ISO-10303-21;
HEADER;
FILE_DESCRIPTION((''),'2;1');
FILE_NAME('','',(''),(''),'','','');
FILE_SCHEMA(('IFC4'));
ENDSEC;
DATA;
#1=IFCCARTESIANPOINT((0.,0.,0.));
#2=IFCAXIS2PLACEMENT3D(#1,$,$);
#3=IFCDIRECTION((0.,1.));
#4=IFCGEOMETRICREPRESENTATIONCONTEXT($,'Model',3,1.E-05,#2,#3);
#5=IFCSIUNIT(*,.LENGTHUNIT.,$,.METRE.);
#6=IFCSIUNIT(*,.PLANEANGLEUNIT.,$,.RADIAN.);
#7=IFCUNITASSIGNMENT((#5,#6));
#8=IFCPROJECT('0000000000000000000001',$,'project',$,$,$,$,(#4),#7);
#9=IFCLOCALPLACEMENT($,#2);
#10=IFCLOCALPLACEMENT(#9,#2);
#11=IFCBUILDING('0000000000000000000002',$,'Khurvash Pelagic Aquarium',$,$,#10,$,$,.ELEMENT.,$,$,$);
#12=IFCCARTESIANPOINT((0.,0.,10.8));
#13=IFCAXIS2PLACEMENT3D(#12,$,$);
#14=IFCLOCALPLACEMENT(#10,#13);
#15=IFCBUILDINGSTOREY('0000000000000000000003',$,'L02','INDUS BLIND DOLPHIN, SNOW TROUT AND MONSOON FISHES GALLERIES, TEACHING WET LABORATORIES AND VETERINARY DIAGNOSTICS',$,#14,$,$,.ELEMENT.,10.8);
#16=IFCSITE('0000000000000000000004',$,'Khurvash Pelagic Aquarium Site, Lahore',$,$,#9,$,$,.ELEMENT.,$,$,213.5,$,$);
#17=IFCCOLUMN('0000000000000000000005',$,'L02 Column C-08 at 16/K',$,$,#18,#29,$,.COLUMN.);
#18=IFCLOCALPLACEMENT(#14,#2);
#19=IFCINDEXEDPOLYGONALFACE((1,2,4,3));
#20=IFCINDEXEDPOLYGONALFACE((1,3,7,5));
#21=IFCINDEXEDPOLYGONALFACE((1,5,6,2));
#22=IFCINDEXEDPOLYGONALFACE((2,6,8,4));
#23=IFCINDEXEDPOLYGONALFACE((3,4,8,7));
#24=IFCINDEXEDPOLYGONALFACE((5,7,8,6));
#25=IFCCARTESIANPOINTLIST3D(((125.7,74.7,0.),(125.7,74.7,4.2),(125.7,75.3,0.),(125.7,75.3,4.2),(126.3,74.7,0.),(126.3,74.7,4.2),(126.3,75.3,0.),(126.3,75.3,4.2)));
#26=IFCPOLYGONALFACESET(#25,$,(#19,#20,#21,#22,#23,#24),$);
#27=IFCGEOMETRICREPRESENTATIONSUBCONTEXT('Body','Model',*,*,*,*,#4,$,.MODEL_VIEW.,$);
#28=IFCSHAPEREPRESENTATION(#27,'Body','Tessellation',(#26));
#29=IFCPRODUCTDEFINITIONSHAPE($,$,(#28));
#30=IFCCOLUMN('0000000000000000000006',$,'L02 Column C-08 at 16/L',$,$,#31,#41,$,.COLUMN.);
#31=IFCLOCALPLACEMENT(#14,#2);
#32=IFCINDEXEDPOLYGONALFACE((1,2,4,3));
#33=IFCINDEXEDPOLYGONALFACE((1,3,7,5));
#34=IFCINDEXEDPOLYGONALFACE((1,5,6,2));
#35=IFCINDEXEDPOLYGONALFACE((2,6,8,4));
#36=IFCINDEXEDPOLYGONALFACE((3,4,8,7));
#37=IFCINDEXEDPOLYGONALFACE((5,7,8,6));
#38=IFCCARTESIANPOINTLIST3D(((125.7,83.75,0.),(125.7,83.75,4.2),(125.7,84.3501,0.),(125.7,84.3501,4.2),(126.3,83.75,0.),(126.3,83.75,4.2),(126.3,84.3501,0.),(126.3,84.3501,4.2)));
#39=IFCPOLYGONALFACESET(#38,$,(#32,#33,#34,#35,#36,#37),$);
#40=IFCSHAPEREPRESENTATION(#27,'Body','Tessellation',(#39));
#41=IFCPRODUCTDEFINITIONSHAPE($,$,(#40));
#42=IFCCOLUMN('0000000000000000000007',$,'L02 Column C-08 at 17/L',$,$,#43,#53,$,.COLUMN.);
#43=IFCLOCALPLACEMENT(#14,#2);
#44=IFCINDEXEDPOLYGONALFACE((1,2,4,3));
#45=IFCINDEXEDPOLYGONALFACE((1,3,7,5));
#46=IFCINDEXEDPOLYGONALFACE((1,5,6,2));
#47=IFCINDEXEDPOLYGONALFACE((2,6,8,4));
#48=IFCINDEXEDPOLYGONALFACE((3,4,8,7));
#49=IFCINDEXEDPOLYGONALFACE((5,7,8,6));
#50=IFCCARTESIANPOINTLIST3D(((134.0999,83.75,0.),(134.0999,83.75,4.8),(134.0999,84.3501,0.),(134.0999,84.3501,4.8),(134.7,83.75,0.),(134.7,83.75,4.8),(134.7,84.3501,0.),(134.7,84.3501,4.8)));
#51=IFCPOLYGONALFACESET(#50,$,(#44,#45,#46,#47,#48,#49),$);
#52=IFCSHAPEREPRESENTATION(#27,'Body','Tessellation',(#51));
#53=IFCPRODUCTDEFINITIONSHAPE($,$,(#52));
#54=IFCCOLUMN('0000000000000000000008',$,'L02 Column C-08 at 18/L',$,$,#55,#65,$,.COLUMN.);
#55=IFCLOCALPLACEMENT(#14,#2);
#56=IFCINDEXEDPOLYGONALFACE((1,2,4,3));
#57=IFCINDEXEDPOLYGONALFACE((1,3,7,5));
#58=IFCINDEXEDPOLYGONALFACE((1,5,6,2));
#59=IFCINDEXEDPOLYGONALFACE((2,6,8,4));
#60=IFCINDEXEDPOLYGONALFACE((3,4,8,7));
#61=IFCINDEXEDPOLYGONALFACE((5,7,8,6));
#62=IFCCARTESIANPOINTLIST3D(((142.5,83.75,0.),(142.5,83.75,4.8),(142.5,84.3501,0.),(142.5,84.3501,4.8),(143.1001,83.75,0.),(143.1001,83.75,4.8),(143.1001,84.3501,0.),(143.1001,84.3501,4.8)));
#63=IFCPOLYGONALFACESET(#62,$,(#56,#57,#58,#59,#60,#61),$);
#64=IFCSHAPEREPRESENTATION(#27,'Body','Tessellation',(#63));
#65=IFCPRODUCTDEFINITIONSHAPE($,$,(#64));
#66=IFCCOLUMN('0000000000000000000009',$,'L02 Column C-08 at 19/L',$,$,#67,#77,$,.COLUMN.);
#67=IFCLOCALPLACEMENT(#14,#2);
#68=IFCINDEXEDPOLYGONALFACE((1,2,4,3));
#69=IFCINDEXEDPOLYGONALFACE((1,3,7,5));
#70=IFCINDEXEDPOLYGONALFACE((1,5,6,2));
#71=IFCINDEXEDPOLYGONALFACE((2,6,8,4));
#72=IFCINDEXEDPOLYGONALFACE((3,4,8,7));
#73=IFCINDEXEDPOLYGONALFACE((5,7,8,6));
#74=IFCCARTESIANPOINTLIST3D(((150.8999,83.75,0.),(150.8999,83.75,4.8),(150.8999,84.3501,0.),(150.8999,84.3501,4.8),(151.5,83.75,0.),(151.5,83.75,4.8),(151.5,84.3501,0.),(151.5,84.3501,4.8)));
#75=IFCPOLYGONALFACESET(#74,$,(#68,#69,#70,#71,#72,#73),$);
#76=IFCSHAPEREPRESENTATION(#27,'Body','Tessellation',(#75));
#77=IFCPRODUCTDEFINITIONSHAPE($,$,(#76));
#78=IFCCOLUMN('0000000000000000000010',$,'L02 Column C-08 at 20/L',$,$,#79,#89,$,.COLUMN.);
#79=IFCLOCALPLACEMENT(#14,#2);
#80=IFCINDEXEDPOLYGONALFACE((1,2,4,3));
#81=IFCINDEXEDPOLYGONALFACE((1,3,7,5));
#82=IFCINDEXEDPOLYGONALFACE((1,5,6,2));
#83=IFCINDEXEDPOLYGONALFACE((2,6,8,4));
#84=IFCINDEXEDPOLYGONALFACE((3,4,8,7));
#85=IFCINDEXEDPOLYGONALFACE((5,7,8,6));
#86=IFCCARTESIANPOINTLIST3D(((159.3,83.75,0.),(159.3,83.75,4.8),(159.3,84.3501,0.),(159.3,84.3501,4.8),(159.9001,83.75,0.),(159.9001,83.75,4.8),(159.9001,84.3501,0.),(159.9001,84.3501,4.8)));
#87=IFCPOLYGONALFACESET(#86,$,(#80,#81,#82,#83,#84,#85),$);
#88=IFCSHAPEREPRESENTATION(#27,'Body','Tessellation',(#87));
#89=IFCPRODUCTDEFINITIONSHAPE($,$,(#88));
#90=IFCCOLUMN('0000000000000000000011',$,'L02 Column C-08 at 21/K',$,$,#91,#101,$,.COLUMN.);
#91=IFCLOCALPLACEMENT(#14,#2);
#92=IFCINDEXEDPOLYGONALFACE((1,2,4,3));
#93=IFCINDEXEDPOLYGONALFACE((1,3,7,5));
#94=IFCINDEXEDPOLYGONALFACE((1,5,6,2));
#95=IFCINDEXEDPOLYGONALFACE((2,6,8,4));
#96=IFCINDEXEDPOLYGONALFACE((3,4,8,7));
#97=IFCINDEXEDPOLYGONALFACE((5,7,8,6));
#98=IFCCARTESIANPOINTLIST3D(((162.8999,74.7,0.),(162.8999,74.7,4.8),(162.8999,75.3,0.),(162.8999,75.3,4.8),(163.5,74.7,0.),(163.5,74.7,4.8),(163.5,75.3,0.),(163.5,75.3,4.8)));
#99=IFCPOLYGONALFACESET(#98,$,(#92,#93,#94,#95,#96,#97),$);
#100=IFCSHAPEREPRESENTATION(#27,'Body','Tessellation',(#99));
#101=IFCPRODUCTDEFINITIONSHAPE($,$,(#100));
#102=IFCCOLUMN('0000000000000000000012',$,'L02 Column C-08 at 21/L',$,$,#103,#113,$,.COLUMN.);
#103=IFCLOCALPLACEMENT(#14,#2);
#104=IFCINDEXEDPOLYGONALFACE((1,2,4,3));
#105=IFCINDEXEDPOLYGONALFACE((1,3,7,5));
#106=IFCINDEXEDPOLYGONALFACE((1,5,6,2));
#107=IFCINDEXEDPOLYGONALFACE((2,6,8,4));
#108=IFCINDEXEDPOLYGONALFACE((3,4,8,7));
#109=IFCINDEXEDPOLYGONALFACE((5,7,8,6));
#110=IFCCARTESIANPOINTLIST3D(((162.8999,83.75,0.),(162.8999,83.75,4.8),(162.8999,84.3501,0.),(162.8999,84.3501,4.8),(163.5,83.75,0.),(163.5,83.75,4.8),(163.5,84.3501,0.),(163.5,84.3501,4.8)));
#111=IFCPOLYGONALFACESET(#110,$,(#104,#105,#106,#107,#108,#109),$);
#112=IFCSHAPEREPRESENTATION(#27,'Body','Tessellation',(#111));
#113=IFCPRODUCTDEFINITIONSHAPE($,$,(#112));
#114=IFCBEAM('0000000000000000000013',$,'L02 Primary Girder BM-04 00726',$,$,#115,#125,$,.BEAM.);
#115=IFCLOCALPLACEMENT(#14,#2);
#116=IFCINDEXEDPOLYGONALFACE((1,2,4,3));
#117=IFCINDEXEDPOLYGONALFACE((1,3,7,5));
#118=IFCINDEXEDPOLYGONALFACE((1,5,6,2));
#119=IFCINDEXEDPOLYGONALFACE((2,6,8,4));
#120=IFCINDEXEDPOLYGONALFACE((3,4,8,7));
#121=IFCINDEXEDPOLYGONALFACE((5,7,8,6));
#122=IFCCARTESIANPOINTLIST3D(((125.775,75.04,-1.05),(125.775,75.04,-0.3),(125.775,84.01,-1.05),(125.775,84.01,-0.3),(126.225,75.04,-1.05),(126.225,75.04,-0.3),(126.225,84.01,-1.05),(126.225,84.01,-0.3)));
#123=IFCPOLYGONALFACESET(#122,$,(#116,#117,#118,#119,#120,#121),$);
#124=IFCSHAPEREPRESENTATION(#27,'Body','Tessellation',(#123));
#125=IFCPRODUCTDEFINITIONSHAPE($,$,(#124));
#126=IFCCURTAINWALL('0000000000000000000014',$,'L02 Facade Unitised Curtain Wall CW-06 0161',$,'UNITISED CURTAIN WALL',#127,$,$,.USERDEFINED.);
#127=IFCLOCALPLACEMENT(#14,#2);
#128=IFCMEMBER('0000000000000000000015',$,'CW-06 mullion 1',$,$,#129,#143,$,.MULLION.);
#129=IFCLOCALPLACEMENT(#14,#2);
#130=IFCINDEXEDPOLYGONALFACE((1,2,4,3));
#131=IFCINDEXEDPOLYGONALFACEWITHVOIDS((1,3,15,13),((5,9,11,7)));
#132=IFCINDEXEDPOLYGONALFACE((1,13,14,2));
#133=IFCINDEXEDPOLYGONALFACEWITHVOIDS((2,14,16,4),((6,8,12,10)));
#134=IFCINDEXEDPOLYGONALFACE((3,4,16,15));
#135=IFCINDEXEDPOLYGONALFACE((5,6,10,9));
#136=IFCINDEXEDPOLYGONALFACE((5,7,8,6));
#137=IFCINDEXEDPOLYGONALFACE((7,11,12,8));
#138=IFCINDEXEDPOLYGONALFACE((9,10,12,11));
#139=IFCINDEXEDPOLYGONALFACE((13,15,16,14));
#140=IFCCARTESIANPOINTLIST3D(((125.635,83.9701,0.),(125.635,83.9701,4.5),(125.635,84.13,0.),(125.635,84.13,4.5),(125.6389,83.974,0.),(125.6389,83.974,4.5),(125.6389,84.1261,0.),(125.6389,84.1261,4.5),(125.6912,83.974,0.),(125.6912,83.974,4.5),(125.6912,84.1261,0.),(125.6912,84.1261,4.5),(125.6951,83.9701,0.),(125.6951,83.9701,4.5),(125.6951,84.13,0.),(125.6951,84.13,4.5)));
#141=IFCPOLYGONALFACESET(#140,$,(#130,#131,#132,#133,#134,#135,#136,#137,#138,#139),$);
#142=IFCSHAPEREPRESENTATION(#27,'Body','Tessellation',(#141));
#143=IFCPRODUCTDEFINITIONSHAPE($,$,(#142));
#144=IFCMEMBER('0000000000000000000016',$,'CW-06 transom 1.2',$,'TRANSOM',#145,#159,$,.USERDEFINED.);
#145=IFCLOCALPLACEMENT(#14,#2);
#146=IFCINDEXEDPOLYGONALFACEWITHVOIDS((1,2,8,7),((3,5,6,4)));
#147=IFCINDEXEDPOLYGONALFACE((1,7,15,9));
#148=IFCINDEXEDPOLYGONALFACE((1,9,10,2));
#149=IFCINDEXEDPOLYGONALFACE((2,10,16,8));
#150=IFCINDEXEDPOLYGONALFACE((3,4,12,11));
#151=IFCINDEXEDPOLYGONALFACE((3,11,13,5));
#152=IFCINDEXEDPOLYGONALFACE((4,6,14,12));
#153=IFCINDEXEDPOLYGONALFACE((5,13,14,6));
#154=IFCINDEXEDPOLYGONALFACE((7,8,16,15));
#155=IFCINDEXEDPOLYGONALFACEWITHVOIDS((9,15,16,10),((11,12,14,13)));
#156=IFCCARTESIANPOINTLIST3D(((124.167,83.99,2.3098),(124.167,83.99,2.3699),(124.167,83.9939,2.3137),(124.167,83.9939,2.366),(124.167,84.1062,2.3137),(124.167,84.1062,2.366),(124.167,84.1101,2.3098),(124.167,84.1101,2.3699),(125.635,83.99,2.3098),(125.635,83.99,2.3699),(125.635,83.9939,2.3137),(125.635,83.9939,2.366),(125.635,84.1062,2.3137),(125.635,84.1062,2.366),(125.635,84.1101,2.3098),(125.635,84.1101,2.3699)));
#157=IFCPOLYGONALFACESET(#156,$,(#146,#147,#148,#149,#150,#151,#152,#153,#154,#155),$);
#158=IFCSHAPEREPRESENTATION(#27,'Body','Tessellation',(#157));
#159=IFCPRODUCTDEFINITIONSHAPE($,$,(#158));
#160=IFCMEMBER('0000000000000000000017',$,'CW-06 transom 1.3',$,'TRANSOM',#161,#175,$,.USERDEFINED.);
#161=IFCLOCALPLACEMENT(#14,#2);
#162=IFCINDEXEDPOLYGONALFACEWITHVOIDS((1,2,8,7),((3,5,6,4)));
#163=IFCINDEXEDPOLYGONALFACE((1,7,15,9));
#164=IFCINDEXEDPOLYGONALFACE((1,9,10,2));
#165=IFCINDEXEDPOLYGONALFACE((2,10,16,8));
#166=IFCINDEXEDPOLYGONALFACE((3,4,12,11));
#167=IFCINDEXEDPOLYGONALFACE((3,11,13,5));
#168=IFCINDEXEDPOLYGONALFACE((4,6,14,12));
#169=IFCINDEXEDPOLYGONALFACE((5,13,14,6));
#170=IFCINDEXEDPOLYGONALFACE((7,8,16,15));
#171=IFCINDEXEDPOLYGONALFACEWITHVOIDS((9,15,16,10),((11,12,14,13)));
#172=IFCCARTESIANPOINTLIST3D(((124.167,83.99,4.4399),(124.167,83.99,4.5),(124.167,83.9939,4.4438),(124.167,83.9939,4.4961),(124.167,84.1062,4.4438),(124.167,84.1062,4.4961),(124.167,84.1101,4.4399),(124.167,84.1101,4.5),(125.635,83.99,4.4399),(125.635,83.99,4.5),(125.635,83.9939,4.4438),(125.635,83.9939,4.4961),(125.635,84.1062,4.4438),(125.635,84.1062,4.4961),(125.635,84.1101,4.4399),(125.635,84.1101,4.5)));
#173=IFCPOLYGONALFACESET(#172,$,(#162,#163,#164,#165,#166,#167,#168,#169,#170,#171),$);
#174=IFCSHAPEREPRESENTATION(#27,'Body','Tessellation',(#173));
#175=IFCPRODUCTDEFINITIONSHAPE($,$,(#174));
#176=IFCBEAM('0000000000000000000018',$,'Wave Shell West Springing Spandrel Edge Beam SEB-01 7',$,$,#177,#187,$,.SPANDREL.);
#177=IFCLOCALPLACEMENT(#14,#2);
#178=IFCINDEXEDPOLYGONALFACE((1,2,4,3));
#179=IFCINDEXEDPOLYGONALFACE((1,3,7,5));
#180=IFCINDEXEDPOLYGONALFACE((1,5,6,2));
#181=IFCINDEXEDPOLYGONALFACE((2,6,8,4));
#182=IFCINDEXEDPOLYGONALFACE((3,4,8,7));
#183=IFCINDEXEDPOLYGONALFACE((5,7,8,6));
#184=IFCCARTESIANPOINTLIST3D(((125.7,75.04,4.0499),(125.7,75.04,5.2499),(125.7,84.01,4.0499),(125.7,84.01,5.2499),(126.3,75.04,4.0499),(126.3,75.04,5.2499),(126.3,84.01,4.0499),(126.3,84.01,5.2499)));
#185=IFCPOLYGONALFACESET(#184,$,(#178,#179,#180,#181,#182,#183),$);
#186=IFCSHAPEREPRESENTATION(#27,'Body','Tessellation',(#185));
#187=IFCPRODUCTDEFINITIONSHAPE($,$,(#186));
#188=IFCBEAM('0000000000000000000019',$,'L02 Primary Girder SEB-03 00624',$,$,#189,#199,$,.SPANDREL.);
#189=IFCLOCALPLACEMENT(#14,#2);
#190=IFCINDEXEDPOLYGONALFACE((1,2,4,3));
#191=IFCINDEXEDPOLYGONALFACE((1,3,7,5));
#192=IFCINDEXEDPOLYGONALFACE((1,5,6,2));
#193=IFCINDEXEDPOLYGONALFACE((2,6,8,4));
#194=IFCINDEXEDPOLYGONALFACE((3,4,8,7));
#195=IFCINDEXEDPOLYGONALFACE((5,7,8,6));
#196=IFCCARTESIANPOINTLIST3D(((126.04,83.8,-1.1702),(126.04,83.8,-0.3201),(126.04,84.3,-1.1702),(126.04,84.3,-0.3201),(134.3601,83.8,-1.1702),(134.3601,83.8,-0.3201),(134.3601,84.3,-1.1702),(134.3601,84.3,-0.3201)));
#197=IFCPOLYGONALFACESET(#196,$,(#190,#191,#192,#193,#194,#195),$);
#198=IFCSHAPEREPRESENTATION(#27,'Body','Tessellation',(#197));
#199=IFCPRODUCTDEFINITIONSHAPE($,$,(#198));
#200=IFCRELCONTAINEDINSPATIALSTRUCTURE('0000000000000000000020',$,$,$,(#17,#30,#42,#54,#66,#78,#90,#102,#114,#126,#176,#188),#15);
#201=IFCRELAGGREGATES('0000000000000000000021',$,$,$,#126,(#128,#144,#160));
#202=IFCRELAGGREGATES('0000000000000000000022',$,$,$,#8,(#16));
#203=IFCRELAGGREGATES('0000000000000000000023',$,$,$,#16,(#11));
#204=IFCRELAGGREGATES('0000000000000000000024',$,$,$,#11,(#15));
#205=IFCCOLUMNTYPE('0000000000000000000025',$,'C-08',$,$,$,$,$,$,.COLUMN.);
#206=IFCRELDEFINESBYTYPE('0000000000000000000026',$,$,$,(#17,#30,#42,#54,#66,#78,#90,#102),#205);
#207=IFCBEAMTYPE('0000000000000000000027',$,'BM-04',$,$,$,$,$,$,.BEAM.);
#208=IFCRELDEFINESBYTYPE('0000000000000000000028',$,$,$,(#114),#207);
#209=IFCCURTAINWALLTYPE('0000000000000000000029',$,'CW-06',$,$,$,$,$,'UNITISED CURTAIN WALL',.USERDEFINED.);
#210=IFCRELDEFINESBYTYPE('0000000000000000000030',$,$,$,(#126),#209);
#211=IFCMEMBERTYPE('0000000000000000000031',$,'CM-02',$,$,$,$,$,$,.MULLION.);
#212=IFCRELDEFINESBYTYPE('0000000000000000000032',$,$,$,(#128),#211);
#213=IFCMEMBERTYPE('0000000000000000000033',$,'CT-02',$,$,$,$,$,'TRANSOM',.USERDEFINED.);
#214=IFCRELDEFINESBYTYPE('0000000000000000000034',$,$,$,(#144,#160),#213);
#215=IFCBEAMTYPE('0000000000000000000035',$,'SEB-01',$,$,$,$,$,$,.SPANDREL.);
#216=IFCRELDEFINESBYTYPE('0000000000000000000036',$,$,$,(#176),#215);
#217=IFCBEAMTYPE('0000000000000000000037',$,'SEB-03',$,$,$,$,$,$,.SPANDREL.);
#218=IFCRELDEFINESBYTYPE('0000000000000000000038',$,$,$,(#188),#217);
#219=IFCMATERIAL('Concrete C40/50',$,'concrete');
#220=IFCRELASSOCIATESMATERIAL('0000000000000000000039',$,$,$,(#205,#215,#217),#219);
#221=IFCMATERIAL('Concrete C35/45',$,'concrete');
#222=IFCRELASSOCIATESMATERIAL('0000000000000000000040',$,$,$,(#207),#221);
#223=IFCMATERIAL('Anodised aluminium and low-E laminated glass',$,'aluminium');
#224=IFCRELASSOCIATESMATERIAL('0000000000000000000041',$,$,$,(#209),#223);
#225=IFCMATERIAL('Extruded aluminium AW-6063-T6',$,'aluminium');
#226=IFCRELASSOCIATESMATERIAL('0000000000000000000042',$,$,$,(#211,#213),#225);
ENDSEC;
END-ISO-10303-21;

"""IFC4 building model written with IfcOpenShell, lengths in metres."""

from ifc_helpers import new_model, si_unit, direction, frame, origin, origin_2d, place, context, subcontext, project, spatial, rectangle, hollow_rectangle, extrude, material, material_profile, profile_set, type_object, element, aggregate, save


model = new_model("IFC4")

# Units and contexts
model_context = context("Model", 3, precision=1e-05, world=origin(), true_north=direction((0.0, 1.0)))
body_context = subcontext(model_context, "Body", "Model", "MODEL_VIEW")
ifc_project = project(units=[si_unit("LENGTHUNIT", "METRE"), si_unit("PLANEANGLEUNIT", "RADIAN")], contexts=[model_context])

# Site, building, storey
site_placement = place(None, origin())
site = spatial("IfcSite", under=ifc_project, at=site_placement, Name="Khurvash Pelagic Aquarium Site, Lahore", CompositionType="ELEMENT", RefElevation=213.5)
building_placement = place(site_placement, origin())
building = spatial("IfcBuilding", under=site, at=building_placement, Name="Khurvash Pelagic Aquarium", CompositionType="ELEMENT")
storey_placement = place(building_placement, frame((0.0, 0.0, 10.8)))
storey = spatial("IfcBuildingStorey", under=building, at=storey_placement, Name="L02", Description="INDUS BLIND DOLPHIN, SNOW TROUT AND MONSOON FISHES GALLERIES, TEACHING WET LABORATORIES AND VETERINARY DIAGNOSTICS", CompositionType="ELEMENT", Elevation=10.8)

# Columns
ifc_material_1 = material(Name="Concrete C40/50", Category="concrete")
ifc_material_profile_1 = material_profile(ifc_material_1, rectangle(XDim=0.6001, YDim=0.6001, at=origin_2d()), Name="RC600X600")
ifc_profile_set_1 = profile_set([ifc_material_profile_1], Name="Concrete C40/50")
column_type = type_object("IfcColumnType", Name="C-08", PredefinedType="COLUMN", material=ifc_profile_set_1)
for number, where, z_axis, x_axis, name in (
    (1, (126.0, 75.0, 0.0), (0.0, 0.0, 1.0), (1.0, 0.0, 0.0), "L02 Column C-08 at 16/K"),
    (2, (126.0, 84.05, 0.0), (0.0, 0.0, 1.0), (1.0, 0.0, 0.0), "L02 Column C-08 at 16/L"),
):
    element("IfcColumn", number, at=place(storey_placement, frame(where, z_axis=z_axis, x_axis=x_axis)), inside=storey, type_object=column_type, Name=name, PredefinedType="COLUMN", context=body_context, shape_type="SweptSolid", body=[
        extrude(rectangle(XDim=0.6001, YDim=0.6001, at=origin_2d()), origin(), (0.0, 0.0, 1.0), 4.2),
    ])
for number, where, z_axis, x_axis, name in (
    (3, (134.3999, 84.05, 0.0), (0.0, 0.0, 1.0), (1.0, 0.0, 0.0), "L02 Column C-08 at 17/L"),
    (4, (142.8, 84.05, 0.0), (0.0, 0.0, 1.0), (1.0, 0.0, 0.0), "L02 Column C-08 at 18/L"),
    (5, (151.2, 84.05, 0.0), (0.0, 0.0, 1.0), (1.0, 0.0, 0.0), "L02 Column C-08 at 19/L"),
    (6, (159.6001, 84.05, 0.0), (0.0, 0.0, 1.0), (1.0, 0.0, 0.0), "L02 Column C-08 at 20/L"),
    (7, (163.2, 75.0, 0.0), (0.0, 0.0, 1.0), (1.0, 0.0, 0.0), "L02 Column C-08 at 21/K"),
    (8, (163.2, 84.05, 0.0), (0.0, 0.0, 1.0), (1.0, 0.0, 0.0), "L02 Column C-08 at 21/L"),
):
    element("IfcColumn", number, at=place(storey_placement, frame(where, z_axis=z_axis, x_axis=x_axis)), inside=storey, type_object=column_type, Name=name, PredefinedType="COLUMN", context=body_context, shape_type="SweptSolid", body=[
        extrude(rectangle(XDim=0.6001, YDim=0.6001, at=origin_2d()), origin(), (0.0, 0.0, 1.0), 4.8),
    ])

# Beam
ifc_material_2 = material(Name="Concrete C35/45", Category="concrete")
ifc_material_profile_2 = material_profile(ifc_material_2, rectangle(XDim=0.45, YDim=0.75, at=origin_2d()), Name="RC450X750")
ifc_profile_set_2 = profile_set([ifc_material_profile_2], Name="Concrete C35/45")
beam_type_1 = type_object("IfcBeamType", Name="BM-04", PredefinedType="BEAM", material=ifc_profile_set_2)
beam_1_placement = place(storey_placement, frame((126.0, 75.04, -0.675), z_axis=(0.0, 1.0, 0.0), x_axis=(-1.0, 0.0, 0.0)))
element("IfcBeam", 9, at=beam_1_placement, inside=storey, type_object=beam_type_1, Name="L02 Primary Girder BM-04 00726", PredefinedType="BEAM", context=body_context, shape_type="SweptSolid", body=[
    extrude(rectangle(XDim=0.45, YDim=0.75, at=origin_2d()), origin(), (0.0, 0.0, 1.0), 8.97),
])

# Curtain wall, members
ifc_material_3 = material(Name="Anodised aluminium and low-E laminated glass", Category="aluminium")
curtain_wall_type = type_object("IfcCurtainWallType", Name="CW-06", ElementType="UNITISED CURTAIN WALL", PredefinedType="USERDEFINED", material=ifc_material_3)
curtain_wall_placement = place(storey_placement, origin())
curtain_wall = element("IfcCurtainWall", 10, at=curtain_wall_placement, inside=storey, type_object=curtain_wall_type, Name="L02 Facade Unitised Curtain Wall CW-06 0161", ObjectType="UNITISED CURTAIN WALL", PredefinedType="USERDEFINED")
ifc_material_4 = material(Name="Extruded aluminium AW-6063-T6", Category="aluminium")
ifc_material_profile_3 = material_profile(ifc_material_4, hollow_rectangle(XDim=0.0601, YDim=0.1599, WallThickness=0.0039, at=origin_2d()), Name="CWM60X160X4")
ifc_profile_set_3 = profile_set([ifc_material_profile_3], Name="Extruded aluminium AW-6063-T6")
member_type_1 = type_object("IfcMemberType", Name="CM-02", PredefinedType="MULLION", material=ifc_profile_set_3)
member_1_placement = place(storey_placement, frame((125.665, 84.05, 0.0), z_axis=(0.0, 0.0, 1.0), x_axis=(-1.0, 0.0, 0.0)))
member_1 = element("IfcMember", 11, at=member_1_placement, type_object=member_type_1, Name="CW-06 mullion 1", PredefinedType="MULLION", context=body_context, shape_type="SweptSolid", body=[
    extrude(hollow_rectangle(XDim=0.0601, YDim=0.1599, WallThickness=0.0039, at=origin_2d()), origin(), (0.0, 0.0, 1.0), 4.5),
])
ifc_material_profile_4 = material_profile(ifc_material_4, hollow_rectangle(XDim=0.1201, YDim=0.0601, WallThickness=0.0039, at=origin_2d()), Name="CWT120X60X4")
ifc_profile_set_4 = profile_set([ifc_material_profile_4], Name="Extruded aluminium AW-6063-T6")
member_type_2 = type_object("IfcMemberType", Name="CT-02", ElementType="TRANSOM", PredefinedType="USERDEFINED", material=ifc_profile_set_4)
member_2_placement = place(storey_placement, frame((125.635, 84.05, 2.3398), z_axis=(-1.0, 0.0, 0.0), x_axis=(0.0, -1.0, 0.0)))
member_2 = element("IfcMember", 12, at=member_2_placement, type_object=member_type_2, Name="CW-06 transom 1.2", ObjectType="TRANSOM", PredefinedType="USERDEFINED", context=body_context, shape_type="SweptSolid", body=[
    extrude(hollow_rectangle(XDim=0.1201, YDim=0.0601, WallThickness=0.0039, at=origin_2d()), origin(), (0.0, 0.0, 1.0), 1.468),
])
member_3_placement = place(storey_placement, frame((125.635, 84.05, 4.47), z_axis=(-1.0, 0.0, 0.0), x_axis=(0.0, -1.0, 0.0)))
member_3 = element("IfcMember", 13, at=member_3_placement, type_object=member_type_2, Name="CW-06 transom 1.3", ObjectType="TRANSOM", PredefinedType="USERDEFINED", context=body_context, shape_type="SweptSolid", body=[
    extrude(hollow_rectangle(XDim=0.1201, YDim=0.0601, WallThickness=0.0039, at=origin_2d()), origin(), (0.0, 0.0, 1.0), 1.468),
])
aggregate(curtain_wall, [member_1, member_2, member_3])

# Beams
ifc_material_profile_5 = material_profile(ifc_material_1, rectangle(XDim=0.6001, YDim=1.2, at=origin_2d()), Name="RC600X1200")
ifc_profile_set_5 = profile_set([ifc_material_profile_5], Name="Concrete C40/50")
beam_type_2 = type_object("IfcBeamType", Name="SEB-01", PredefinedType="SPANDREL", material=ifc_profile_set_5)
beam_2_placement = place(storey_placement, frame((126.0, 75.04, 4.6499), z_axis=(0.0, 1.0, 0.0), x_axis=(-1.0, 0.0, 0.0)))
element("IfcBeam", 14, at=beam_2_placement, inside=storey, type_object=beam_type_2, Name="Wave Shell West Springing Spandrel Edge Beam SEB-01 7", PredefinedType="SPANDREL", context=body_context, shape_type="SweptSolid", body=[
    extrude(rectangle(XDim=0.6001, YDim=1.2, at=origin_2d()), origin(), (0.0, 0.0, 1.0), 8.97),
])
ifc_material_profile_6 = material_profile(ifc_material_1, rectangle(XDim=0.5, YDim=0.8501, at=origin_2d()), Name="RC500X850")
ifc_profile_set_6 = profile_set([ifc_material_profile_6], Name="Concrete C40/50")
beam_type_3 = type_object("IfcBeamType", Name="SEB-03", PredefinedType="SPANDREL", material=ifc_profile_set_6)
for number, where, z_axis, x_axis, name in (
    (15, (126.04, 84.05, -0.7451), (1.0, 0.0, 0.0), (0.0, 1.0, 0.0), "L02 Primary Girder SEB-03 00624"),
):
    element("IfcBeam", number, at=place(storey_placement, frame(where, z_axis=z_axis, x_axis=x_axis)), inside=storey, type_object=beam_type_3, Name=name, PredefinedType="SPANDREL", context=body_context, shape_type="SweptSolid", body=[
        extrude(rectangle(XDim=0.5, YDim=0.8501, at=origin_2d()), origin(), (0.0, 0.0, 1.0), 8.3201),
    ])

save(model, "model.ifc")
